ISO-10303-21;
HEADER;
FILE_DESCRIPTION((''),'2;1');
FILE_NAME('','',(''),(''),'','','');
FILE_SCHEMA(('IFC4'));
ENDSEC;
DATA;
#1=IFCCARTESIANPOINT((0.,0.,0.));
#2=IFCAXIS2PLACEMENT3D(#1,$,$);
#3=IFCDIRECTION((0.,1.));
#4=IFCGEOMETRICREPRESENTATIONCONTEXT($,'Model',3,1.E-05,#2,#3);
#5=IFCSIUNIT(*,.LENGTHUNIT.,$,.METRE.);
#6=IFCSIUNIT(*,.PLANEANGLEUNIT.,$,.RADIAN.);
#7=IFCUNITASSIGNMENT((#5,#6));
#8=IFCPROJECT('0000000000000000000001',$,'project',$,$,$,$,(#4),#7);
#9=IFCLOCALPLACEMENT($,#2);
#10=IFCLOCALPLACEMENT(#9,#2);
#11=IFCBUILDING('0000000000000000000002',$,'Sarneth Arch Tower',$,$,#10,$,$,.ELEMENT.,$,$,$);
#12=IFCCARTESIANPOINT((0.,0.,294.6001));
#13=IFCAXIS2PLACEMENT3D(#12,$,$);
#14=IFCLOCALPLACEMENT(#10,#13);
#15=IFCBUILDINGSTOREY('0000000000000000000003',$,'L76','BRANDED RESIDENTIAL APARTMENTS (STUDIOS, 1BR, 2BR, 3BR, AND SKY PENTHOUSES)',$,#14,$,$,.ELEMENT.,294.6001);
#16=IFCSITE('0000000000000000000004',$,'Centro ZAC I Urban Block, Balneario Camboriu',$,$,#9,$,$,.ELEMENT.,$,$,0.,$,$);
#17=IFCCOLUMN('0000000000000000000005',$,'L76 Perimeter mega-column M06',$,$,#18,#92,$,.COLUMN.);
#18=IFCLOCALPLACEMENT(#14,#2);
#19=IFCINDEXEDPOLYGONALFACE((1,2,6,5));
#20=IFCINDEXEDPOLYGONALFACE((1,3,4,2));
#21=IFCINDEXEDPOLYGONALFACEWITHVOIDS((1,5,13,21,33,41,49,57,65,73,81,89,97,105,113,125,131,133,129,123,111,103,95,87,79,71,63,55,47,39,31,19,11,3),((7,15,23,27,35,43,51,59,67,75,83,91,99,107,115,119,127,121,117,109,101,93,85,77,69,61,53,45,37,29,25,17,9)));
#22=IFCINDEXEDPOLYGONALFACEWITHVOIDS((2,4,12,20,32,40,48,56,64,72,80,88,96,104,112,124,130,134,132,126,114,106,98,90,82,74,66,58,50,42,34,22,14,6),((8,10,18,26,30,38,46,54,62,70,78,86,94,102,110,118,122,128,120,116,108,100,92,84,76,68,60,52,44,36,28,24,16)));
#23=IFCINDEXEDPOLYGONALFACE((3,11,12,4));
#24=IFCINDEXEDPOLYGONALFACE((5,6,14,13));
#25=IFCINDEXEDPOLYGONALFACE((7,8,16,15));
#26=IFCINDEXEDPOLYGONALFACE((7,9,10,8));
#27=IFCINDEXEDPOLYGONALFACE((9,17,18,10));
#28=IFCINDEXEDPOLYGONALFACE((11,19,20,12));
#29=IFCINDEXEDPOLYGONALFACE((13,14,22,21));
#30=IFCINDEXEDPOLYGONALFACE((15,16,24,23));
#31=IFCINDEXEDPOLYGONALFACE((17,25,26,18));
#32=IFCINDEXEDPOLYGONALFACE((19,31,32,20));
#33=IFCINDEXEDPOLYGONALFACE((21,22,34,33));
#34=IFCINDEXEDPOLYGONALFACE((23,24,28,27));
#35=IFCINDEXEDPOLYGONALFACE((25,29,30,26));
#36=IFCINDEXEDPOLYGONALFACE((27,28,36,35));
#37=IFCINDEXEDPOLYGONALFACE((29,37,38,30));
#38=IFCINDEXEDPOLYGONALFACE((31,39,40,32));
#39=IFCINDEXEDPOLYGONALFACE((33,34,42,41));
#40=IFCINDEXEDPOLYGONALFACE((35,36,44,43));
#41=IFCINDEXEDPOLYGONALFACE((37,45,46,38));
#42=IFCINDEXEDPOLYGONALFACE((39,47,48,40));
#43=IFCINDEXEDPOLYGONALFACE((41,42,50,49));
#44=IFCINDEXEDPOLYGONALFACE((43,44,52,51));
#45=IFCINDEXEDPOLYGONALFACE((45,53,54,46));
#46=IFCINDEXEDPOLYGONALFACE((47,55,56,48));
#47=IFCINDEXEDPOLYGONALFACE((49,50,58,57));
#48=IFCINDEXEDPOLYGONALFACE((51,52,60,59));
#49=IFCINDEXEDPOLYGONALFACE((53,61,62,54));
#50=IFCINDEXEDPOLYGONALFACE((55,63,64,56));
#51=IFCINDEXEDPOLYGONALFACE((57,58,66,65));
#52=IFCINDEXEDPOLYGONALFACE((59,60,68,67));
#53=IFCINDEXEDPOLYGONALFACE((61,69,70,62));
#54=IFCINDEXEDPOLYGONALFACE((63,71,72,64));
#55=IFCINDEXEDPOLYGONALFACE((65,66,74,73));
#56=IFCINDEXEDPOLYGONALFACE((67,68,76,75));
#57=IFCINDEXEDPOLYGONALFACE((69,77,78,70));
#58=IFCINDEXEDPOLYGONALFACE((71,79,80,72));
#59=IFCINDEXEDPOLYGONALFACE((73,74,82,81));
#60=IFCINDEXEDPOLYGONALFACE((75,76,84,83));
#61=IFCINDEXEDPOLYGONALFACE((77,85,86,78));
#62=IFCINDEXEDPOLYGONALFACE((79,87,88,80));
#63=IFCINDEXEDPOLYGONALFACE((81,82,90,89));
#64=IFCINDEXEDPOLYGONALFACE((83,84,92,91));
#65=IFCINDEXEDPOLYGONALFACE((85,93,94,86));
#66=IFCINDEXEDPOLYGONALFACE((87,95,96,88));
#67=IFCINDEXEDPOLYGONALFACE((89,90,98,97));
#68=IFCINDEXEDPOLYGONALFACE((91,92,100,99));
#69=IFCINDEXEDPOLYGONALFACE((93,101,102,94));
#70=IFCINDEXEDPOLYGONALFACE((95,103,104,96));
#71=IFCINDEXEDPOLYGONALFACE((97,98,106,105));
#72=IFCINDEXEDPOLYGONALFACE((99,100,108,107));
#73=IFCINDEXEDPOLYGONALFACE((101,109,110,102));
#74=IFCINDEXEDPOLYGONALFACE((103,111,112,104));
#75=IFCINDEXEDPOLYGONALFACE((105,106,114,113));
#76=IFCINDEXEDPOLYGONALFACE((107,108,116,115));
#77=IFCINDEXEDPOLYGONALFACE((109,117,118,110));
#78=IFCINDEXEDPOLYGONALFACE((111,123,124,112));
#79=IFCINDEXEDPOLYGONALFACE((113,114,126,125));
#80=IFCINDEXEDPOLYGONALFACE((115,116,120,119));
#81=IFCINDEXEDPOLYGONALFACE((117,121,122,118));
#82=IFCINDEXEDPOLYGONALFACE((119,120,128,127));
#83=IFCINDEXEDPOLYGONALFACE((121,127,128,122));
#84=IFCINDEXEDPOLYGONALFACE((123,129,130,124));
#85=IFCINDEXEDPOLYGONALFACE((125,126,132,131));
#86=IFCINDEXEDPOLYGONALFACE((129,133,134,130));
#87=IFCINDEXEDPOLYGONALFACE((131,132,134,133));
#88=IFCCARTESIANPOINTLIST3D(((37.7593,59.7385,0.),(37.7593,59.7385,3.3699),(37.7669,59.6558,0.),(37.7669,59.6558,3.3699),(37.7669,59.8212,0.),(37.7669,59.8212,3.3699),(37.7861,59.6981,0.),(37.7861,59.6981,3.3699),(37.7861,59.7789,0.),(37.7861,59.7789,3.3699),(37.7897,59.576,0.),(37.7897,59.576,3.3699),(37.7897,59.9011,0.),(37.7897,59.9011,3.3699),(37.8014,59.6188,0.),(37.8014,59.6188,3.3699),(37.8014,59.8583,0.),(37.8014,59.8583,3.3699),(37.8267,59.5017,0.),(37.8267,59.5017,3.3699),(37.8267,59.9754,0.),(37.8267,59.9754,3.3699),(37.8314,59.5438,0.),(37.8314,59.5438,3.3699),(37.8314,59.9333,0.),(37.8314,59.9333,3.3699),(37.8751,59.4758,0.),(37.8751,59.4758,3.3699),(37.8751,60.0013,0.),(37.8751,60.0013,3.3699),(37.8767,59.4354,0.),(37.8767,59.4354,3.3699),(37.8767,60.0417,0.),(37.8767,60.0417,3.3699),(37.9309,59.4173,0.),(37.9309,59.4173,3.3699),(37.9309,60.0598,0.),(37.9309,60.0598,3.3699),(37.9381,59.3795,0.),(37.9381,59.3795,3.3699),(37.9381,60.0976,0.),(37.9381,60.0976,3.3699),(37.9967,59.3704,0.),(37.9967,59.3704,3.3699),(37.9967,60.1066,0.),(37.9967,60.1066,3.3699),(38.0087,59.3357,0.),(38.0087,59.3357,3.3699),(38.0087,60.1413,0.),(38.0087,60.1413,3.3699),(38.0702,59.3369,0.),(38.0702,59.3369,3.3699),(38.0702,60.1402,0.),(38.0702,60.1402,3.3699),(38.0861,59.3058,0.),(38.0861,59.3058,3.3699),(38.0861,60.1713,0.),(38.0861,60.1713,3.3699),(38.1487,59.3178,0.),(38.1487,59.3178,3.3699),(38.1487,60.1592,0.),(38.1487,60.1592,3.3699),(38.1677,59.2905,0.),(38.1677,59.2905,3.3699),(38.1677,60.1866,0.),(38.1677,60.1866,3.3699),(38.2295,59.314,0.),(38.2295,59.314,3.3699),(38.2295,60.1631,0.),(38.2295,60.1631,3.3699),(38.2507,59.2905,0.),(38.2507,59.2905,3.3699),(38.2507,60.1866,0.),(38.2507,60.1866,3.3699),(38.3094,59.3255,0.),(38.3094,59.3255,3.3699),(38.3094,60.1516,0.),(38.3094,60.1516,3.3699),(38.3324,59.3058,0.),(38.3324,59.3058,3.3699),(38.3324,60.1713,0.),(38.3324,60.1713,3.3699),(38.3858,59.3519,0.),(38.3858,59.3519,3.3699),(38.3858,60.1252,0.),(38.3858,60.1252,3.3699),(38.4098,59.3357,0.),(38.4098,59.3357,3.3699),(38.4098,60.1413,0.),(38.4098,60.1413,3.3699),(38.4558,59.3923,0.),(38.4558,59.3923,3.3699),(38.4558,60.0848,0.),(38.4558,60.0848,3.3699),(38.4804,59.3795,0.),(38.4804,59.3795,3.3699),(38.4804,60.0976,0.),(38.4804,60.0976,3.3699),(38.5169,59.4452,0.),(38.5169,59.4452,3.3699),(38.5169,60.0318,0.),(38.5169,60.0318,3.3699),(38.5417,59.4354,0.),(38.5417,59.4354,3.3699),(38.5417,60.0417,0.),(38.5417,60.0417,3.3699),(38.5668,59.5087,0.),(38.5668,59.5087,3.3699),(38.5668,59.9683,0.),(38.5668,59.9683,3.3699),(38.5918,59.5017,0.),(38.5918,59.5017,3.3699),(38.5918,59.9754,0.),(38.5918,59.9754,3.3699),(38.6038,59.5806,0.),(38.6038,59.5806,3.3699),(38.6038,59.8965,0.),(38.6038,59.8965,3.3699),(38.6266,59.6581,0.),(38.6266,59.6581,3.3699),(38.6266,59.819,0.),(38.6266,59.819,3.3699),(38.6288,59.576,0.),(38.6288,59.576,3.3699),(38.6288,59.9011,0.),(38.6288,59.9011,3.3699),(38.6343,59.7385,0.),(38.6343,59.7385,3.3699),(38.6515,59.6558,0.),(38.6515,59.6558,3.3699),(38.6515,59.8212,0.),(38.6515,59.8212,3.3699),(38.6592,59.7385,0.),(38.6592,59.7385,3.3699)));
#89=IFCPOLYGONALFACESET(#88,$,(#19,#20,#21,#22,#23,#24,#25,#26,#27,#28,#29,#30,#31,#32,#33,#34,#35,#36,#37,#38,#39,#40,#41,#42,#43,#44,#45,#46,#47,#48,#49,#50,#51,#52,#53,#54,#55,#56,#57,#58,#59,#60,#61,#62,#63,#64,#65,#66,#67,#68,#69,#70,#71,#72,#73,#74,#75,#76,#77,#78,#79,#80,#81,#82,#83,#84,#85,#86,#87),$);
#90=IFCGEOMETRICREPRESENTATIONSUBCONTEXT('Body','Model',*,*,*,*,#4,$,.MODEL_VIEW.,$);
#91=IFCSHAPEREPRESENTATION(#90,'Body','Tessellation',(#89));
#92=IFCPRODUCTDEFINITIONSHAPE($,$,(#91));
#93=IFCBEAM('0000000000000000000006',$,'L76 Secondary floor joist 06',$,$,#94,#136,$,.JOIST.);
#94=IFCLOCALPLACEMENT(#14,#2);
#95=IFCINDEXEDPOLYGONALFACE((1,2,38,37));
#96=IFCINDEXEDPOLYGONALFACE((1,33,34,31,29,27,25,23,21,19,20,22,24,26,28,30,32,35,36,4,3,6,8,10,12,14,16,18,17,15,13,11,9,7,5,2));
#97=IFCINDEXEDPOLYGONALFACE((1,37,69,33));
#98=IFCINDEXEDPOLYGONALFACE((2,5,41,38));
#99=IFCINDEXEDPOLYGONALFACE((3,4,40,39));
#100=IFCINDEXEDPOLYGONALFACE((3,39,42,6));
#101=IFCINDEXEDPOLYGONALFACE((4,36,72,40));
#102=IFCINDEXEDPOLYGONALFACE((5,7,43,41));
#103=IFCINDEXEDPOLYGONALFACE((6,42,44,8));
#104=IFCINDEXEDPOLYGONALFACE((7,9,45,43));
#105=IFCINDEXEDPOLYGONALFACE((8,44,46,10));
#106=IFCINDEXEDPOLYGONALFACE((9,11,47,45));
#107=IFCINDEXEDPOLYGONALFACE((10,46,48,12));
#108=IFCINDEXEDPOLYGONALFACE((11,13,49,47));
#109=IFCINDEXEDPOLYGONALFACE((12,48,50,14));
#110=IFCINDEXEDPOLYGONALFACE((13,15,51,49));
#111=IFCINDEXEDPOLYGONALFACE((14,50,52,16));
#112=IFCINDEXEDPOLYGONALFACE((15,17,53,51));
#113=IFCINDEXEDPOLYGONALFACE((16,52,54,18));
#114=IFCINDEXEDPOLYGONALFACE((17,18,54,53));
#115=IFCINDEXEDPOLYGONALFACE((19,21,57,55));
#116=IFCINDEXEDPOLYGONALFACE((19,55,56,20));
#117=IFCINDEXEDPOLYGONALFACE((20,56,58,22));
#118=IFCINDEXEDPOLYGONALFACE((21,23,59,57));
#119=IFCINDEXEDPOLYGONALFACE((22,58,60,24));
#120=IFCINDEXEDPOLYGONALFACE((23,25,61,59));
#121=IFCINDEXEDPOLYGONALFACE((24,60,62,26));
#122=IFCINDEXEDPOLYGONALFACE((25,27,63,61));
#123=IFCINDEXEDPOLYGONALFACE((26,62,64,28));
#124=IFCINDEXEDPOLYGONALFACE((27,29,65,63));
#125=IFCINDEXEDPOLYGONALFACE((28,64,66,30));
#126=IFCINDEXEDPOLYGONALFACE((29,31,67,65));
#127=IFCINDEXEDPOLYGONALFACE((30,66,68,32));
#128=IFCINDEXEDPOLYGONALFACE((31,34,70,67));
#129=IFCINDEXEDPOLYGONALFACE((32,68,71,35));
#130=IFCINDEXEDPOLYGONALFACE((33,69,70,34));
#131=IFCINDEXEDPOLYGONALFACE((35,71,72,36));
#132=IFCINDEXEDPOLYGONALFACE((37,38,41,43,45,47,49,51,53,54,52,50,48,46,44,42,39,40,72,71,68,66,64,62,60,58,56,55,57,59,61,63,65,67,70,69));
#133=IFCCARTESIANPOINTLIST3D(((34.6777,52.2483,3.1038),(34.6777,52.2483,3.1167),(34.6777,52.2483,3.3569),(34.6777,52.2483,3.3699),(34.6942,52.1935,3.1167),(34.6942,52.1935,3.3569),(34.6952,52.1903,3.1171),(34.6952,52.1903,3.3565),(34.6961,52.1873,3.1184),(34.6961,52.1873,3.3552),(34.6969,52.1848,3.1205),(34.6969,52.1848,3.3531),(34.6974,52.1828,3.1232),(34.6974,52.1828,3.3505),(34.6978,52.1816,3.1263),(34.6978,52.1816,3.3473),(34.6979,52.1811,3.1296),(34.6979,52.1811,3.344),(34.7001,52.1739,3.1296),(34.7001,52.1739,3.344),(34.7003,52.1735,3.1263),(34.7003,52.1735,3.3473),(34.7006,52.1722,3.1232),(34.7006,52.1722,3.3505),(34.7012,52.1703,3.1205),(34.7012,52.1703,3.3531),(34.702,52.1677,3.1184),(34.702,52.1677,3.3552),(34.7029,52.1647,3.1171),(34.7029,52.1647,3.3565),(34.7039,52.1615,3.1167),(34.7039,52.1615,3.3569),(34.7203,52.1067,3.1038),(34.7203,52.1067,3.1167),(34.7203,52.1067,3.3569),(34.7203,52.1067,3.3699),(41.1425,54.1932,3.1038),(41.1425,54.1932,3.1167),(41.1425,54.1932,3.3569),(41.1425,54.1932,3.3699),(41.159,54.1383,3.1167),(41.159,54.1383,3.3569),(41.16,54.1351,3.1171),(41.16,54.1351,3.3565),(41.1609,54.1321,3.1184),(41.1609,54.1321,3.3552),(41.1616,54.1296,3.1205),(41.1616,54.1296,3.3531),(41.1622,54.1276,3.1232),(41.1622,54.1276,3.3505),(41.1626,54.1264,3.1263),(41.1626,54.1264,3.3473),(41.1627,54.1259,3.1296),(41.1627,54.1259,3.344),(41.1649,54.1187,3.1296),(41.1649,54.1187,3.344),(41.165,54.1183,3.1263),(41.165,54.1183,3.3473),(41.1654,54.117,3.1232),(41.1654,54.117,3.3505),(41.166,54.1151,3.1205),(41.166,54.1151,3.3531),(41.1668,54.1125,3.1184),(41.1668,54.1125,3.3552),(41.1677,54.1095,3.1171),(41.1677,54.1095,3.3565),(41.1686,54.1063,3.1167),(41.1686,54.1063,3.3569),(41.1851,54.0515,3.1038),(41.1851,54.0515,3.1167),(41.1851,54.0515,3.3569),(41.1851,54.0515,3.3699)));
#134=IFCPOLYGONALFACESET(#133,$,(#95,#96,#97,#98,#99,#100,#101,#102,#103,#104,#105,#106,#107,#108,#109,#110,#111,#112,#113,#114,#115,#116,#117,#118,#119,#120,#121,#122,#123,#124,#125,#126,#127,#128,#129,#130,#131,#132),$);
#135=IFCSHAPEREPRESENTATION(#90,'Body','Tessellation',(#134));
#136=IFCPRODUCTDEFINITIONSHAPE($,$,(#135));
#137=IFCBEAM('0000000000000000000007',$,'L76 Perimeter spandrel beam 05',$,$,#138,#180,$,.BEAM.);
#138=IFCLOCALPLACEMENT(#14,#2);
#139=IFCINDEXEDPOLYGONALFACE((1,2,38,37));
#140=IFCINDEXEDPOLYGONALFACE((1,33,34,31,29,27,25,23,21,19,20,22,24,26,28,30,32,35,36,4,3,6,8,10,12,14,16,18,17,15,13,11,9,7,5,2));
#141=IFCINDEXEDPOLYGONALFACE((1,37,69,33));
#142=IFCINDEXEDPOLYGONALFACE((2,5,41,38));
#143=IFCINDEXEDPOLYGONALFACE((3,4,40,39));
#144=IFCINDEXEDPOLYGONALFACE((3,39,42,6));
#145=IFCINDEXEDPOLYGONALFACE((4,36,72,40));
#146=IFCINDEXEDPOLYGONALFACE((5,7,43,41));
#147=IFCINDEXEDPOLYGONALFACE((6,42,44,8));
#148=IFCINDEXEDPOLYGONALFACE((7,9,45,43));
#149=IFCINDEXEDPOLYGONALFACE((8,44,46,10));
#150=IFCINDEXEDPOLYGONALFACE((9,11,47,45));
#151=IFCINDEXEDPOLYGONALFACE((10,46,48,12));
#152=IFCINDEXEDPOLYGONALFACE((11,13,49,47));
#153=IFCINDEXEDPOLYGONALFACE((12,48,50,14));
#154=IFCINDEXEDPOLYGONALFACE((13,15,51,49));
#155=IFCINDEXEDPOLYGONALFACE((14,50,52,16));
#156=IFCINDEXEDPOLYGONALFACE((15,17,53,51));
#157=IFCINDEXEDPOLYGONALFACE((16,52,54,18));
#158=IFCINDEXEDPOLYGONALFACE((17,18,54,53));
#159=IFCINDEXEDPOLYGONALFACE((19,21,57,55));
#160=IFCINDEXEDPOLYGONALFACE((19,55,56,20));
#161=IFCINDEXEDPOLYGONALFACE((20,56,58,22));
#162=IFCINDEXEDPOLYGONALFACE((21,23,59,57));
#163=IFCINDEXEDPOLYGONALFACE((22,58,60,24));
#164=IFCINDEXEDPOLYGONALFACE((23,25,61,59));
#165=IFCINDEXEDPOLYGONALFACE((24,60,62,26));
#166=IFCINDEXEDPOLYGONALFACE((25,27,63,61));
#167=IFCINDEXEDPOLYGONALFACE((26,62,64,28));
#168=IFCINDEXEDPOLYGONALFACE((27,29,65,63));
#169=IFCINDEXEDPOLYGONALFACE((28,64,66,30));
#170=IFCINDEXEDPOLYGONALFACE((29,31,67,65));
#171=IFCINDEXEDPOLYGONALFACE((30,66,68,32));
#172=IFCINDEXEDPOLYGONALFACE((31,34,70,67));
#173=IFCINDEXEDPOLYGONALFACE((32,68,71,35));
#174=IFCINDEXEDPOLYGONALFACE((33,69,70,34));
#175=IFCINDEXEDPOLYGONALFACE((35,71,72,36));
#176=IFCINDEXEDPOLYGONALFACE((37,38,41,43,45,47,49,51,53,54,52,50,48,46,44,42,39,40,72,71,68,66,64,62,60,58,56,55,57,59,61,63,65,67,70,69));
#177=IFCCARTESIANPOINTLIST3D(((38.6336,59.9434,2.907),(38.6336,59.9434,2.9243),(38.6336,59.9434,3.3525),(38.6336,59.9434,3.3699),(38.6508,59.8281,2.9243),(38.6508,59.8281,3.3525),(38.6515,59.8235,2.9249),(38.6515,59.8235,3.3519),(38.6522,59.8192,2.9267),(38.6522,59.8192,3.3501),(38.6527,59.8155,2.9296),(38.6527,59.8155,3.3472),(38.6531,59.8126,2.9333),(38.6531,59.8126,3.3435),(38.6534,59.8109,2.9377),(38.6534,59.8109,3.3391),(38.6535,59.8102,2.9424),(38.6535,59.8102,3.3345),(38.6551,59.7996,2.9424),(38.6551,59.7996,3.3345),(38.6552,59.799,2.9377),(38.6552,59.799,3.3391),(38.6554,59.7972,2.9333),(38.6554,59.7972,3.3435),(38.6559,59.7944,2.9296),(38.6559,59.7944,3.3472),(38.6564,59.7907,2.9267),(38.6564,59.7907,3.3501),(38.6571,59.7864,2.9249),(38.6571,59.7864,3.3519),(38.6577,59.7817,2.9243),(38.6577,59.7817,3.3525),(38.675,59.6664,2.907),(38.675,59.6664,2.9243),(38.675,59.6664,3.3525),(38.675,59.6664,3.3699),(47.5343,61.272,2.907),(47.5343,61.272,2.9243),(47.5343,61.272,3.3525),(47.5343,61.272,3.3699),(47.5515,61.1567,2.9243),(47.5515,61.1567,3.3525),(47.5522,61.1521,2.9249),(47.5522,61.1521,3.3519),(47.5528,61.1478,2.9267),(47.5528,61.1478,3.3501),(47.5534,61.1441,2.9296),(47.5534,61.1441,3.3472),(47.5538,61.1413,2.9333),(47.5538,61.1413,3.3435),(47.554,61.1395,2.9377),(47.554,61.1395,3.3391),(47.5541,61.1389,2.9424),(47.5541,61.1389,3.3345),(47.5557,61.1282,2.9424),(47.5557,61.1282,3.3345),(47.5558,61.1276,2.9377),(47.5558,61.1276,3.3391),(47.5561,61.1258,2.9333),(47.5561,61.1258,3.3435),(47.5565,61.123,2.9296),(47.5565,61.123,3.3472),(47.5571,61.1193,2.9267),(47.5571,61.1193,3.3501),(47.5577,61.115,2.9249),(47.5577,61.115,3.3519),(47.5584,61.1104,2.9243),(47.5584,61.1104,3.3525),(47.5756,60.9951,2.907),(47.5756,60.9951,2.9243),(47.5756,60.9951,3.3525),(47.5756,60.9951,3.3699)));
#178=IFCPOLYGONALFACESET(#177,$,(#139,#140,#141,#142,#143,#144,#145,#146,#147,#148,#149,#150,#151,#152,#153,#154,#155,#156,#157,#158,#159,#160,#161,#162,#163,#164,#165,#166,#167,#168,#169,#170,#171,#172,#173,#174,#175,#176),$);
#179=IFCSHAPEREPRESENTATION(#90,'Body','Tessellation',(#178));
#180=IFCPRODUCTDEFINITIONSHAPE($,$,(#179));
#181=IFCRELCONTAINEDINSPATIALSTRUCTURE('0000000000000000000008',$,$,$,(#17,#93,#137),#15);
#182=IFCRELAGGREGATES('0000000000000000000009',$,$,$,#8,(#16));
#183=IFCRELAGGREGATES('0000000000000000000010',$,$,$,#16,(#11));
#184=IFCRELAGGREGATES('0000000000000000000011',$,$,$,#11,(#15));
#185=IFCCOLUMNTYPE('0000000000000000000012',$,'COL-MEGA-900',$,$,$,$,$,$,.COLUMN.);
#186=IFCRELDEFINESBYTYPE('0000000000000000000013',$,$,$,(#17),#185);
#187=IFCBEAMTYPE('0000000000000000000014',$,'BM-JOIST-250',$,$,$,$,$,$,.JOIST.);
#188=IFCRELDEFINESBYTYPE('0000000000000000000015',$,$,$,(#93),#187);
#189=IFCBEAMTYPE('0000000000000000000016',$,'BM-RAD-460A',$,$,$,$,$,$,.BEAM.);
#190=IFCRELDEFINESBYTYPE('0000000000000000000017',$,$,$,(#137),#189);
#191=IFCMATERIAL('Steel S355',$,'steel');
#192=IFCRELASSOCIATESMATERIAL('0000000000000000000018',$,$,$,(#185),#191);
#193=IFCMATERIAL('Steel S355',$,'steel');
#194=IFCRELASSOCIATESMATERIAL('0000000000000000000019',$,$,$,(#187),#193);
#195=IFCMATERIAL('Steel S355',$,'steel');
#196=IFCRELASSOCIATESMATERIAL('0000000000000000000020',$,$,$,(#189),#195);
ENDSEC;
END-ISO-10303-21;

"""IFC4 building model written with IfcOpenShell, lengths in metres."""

from ifc_helpers import new_model, si_unit, direction, frame, origin, origin_2d, place, context, subcontext, project, spatial, hollow_circle, i_section, extrude, material, material_profile, profile_set, type_object, element, save


model = new_model("IFC4")

# Units and contexts
model_context = context("Model", 3, precision=1e-05, world=origin(), true_north=direction((0.0, 1.0)))
body_context = subcontext(model_context, "Body", "Model", "MODEL_VIEW")
ifc_project = project(units=[si_unit("LENGTHUNIT", "METRE"), si_unit("PLANEANGLEUNIT", "RADIAN")], contexts=[model_context])

# Site, building, storey
site_placement = place(None, origin())
site = spatial("IfcSite", under=ifc_project, at=site_placement, Name="Centro ZAC I Urban Block, Balneario Camboriu", CompositionType="ELEMENT", RefElevation=0.0)
building_placement = place(site_placement, origin())
building = spatial("IfcBuilding", under=site, at=building_placement, Name="Sarneth Arch Tower", CompositionType="ELEMENT")
storey_placement = place(building_placement, frame((0.0, 0.0, 294.6001)))
storey = spatial("IfcBuildingStorey", under=building, at=storey_placement, Name="L76", Description="BRANDED RESIDENTIAL APARTMENTS (STUDIOS, 1BR, 2BR, 3BR, AND SKY PENTHOUSES)", CompositionType="ELEMENT", Elevation=294.6001)

# Column
ifc_material_1 = material(Name="Steel S355", Category="steel")
ifc_material_profile_1 = material_profile(ifc_material_1, hollow_circle(Radius=0.45, WallThickness=0.0249, at=origin_2d()), Name="CHS900x25")
ifc_profile_set_1 = profile_set([ifc_material_profile_1], Name="Steel S355")
column_type = type_object("IfcColumnType", Name="COL-MEGA-900", PredefinedType="COLUMN", material=ifc_profile_set_1)
column_placement = place(storey_placement, frame((38.2092, 59.7385, 0.0), z_axis=(0.0, 0.0, 1.0), x_axis=(1.0, 0.0, 0.0)))
element("IfcColumn", 1, at=column_placement, inside=storey, type_object=column_type, Name="L76 Perimeter mega-column M06", PredefinedType="COLUMN", context=body_context, shape_type="SweptSolid", body=[
    extrude(hollow_circle(Radius=0.45, WallThickness=0.0249, at=origin_2d()), origin(), (0.0, 0.0, 1.0), 3.3699),
])

# Beams
ifc_material_2 = material(Name="Steel S355", Category="steel")
ifc_material_profile_2 = material_profile(ifc_material_2, i_section(OverallWidth=0.1479, OverallDepth=0.2661, WebThickness=0.0076, FlangeThickness=0.0129, FilletRadius=0.0129, at=origin_2d()), Name="W250x44.8")
ifc_profile_set_2 = profile_set([ifc_material_profile_2], Name="Steel S355")
beam_type_1 = type_object("IfcBeamType", Name="BM-JOIST-250", PredefinedType="JOIST", material=ifc_profile_set_2)
beam_1_placement = place(storey_placement, frame((41.1638, 54.1223, 3.2368), z_axis=(-0.957607, -0.288078, 0.0), x_axis=(0.288078, -0.957607, 0.0)))
element("IfcBeam", 2, at=beam_1_placement, inside=storey, type_object=beam_type_1, Name="L76 Secondary floor joist 06", PredefinedType="JOIST", context=body_context, shape_type="SweptSolid", body=[
    extrude(i_section(OverallWidth=0.1479, OverallDepth=0.2661, WebThickness=0.0076, FlangeThickness=0.0129, FilletRadius=0.0129, at=origin_2d()), origin(), (0.0, 0.0, 1.0), 6.751),
])
ifc_material_3 = material(Name="Steel S355", Category="steel")
ifc_material_profile_3 = material_profile(ifc_material_3, i_section(OverallWidth=0.28, OverallDepth=0.4629, WebThickness=0.0107, FlangeThickness=0.0173, FilletRadius=0.0181, at=origin_2d()), Name="W460x113")
ifc_profile_set_3 = profile_set([ifc_material_profile_3], Name="Steel S355")
beam_type_2 = type_object("IfcBeamType", Name="BM-RAD-460A", PredefinedType="BEAM", material=ifc_profile_set_3)
beam_2_placement = place(storey_placement, frame((47.5549, 61.1335, 3.1384), z_axis=(-0.989042, -0.147636, 0.0), x_axis=(0.147636, -0.989042, 0.0)))
element("IfcBeam", 3, at=beam_2_placement, inside=storey, type_object=beam_type_2, Name="L76 Perimeter spandrel beam 05", PredefinedType="BEAM", context=body_context, shape_type="SweptSolid", body=[
    extrude(i_section(OverallWidth=0.28, OverallDepth=0.4629, WebThickness=0.0107, FlangeThickness=0.0173, FilletRadius=0.0181, at=origin_2d()), origin(), (0.0, 0.0, 1.0), 8.9993),
])

save(model, "model.ifc")
